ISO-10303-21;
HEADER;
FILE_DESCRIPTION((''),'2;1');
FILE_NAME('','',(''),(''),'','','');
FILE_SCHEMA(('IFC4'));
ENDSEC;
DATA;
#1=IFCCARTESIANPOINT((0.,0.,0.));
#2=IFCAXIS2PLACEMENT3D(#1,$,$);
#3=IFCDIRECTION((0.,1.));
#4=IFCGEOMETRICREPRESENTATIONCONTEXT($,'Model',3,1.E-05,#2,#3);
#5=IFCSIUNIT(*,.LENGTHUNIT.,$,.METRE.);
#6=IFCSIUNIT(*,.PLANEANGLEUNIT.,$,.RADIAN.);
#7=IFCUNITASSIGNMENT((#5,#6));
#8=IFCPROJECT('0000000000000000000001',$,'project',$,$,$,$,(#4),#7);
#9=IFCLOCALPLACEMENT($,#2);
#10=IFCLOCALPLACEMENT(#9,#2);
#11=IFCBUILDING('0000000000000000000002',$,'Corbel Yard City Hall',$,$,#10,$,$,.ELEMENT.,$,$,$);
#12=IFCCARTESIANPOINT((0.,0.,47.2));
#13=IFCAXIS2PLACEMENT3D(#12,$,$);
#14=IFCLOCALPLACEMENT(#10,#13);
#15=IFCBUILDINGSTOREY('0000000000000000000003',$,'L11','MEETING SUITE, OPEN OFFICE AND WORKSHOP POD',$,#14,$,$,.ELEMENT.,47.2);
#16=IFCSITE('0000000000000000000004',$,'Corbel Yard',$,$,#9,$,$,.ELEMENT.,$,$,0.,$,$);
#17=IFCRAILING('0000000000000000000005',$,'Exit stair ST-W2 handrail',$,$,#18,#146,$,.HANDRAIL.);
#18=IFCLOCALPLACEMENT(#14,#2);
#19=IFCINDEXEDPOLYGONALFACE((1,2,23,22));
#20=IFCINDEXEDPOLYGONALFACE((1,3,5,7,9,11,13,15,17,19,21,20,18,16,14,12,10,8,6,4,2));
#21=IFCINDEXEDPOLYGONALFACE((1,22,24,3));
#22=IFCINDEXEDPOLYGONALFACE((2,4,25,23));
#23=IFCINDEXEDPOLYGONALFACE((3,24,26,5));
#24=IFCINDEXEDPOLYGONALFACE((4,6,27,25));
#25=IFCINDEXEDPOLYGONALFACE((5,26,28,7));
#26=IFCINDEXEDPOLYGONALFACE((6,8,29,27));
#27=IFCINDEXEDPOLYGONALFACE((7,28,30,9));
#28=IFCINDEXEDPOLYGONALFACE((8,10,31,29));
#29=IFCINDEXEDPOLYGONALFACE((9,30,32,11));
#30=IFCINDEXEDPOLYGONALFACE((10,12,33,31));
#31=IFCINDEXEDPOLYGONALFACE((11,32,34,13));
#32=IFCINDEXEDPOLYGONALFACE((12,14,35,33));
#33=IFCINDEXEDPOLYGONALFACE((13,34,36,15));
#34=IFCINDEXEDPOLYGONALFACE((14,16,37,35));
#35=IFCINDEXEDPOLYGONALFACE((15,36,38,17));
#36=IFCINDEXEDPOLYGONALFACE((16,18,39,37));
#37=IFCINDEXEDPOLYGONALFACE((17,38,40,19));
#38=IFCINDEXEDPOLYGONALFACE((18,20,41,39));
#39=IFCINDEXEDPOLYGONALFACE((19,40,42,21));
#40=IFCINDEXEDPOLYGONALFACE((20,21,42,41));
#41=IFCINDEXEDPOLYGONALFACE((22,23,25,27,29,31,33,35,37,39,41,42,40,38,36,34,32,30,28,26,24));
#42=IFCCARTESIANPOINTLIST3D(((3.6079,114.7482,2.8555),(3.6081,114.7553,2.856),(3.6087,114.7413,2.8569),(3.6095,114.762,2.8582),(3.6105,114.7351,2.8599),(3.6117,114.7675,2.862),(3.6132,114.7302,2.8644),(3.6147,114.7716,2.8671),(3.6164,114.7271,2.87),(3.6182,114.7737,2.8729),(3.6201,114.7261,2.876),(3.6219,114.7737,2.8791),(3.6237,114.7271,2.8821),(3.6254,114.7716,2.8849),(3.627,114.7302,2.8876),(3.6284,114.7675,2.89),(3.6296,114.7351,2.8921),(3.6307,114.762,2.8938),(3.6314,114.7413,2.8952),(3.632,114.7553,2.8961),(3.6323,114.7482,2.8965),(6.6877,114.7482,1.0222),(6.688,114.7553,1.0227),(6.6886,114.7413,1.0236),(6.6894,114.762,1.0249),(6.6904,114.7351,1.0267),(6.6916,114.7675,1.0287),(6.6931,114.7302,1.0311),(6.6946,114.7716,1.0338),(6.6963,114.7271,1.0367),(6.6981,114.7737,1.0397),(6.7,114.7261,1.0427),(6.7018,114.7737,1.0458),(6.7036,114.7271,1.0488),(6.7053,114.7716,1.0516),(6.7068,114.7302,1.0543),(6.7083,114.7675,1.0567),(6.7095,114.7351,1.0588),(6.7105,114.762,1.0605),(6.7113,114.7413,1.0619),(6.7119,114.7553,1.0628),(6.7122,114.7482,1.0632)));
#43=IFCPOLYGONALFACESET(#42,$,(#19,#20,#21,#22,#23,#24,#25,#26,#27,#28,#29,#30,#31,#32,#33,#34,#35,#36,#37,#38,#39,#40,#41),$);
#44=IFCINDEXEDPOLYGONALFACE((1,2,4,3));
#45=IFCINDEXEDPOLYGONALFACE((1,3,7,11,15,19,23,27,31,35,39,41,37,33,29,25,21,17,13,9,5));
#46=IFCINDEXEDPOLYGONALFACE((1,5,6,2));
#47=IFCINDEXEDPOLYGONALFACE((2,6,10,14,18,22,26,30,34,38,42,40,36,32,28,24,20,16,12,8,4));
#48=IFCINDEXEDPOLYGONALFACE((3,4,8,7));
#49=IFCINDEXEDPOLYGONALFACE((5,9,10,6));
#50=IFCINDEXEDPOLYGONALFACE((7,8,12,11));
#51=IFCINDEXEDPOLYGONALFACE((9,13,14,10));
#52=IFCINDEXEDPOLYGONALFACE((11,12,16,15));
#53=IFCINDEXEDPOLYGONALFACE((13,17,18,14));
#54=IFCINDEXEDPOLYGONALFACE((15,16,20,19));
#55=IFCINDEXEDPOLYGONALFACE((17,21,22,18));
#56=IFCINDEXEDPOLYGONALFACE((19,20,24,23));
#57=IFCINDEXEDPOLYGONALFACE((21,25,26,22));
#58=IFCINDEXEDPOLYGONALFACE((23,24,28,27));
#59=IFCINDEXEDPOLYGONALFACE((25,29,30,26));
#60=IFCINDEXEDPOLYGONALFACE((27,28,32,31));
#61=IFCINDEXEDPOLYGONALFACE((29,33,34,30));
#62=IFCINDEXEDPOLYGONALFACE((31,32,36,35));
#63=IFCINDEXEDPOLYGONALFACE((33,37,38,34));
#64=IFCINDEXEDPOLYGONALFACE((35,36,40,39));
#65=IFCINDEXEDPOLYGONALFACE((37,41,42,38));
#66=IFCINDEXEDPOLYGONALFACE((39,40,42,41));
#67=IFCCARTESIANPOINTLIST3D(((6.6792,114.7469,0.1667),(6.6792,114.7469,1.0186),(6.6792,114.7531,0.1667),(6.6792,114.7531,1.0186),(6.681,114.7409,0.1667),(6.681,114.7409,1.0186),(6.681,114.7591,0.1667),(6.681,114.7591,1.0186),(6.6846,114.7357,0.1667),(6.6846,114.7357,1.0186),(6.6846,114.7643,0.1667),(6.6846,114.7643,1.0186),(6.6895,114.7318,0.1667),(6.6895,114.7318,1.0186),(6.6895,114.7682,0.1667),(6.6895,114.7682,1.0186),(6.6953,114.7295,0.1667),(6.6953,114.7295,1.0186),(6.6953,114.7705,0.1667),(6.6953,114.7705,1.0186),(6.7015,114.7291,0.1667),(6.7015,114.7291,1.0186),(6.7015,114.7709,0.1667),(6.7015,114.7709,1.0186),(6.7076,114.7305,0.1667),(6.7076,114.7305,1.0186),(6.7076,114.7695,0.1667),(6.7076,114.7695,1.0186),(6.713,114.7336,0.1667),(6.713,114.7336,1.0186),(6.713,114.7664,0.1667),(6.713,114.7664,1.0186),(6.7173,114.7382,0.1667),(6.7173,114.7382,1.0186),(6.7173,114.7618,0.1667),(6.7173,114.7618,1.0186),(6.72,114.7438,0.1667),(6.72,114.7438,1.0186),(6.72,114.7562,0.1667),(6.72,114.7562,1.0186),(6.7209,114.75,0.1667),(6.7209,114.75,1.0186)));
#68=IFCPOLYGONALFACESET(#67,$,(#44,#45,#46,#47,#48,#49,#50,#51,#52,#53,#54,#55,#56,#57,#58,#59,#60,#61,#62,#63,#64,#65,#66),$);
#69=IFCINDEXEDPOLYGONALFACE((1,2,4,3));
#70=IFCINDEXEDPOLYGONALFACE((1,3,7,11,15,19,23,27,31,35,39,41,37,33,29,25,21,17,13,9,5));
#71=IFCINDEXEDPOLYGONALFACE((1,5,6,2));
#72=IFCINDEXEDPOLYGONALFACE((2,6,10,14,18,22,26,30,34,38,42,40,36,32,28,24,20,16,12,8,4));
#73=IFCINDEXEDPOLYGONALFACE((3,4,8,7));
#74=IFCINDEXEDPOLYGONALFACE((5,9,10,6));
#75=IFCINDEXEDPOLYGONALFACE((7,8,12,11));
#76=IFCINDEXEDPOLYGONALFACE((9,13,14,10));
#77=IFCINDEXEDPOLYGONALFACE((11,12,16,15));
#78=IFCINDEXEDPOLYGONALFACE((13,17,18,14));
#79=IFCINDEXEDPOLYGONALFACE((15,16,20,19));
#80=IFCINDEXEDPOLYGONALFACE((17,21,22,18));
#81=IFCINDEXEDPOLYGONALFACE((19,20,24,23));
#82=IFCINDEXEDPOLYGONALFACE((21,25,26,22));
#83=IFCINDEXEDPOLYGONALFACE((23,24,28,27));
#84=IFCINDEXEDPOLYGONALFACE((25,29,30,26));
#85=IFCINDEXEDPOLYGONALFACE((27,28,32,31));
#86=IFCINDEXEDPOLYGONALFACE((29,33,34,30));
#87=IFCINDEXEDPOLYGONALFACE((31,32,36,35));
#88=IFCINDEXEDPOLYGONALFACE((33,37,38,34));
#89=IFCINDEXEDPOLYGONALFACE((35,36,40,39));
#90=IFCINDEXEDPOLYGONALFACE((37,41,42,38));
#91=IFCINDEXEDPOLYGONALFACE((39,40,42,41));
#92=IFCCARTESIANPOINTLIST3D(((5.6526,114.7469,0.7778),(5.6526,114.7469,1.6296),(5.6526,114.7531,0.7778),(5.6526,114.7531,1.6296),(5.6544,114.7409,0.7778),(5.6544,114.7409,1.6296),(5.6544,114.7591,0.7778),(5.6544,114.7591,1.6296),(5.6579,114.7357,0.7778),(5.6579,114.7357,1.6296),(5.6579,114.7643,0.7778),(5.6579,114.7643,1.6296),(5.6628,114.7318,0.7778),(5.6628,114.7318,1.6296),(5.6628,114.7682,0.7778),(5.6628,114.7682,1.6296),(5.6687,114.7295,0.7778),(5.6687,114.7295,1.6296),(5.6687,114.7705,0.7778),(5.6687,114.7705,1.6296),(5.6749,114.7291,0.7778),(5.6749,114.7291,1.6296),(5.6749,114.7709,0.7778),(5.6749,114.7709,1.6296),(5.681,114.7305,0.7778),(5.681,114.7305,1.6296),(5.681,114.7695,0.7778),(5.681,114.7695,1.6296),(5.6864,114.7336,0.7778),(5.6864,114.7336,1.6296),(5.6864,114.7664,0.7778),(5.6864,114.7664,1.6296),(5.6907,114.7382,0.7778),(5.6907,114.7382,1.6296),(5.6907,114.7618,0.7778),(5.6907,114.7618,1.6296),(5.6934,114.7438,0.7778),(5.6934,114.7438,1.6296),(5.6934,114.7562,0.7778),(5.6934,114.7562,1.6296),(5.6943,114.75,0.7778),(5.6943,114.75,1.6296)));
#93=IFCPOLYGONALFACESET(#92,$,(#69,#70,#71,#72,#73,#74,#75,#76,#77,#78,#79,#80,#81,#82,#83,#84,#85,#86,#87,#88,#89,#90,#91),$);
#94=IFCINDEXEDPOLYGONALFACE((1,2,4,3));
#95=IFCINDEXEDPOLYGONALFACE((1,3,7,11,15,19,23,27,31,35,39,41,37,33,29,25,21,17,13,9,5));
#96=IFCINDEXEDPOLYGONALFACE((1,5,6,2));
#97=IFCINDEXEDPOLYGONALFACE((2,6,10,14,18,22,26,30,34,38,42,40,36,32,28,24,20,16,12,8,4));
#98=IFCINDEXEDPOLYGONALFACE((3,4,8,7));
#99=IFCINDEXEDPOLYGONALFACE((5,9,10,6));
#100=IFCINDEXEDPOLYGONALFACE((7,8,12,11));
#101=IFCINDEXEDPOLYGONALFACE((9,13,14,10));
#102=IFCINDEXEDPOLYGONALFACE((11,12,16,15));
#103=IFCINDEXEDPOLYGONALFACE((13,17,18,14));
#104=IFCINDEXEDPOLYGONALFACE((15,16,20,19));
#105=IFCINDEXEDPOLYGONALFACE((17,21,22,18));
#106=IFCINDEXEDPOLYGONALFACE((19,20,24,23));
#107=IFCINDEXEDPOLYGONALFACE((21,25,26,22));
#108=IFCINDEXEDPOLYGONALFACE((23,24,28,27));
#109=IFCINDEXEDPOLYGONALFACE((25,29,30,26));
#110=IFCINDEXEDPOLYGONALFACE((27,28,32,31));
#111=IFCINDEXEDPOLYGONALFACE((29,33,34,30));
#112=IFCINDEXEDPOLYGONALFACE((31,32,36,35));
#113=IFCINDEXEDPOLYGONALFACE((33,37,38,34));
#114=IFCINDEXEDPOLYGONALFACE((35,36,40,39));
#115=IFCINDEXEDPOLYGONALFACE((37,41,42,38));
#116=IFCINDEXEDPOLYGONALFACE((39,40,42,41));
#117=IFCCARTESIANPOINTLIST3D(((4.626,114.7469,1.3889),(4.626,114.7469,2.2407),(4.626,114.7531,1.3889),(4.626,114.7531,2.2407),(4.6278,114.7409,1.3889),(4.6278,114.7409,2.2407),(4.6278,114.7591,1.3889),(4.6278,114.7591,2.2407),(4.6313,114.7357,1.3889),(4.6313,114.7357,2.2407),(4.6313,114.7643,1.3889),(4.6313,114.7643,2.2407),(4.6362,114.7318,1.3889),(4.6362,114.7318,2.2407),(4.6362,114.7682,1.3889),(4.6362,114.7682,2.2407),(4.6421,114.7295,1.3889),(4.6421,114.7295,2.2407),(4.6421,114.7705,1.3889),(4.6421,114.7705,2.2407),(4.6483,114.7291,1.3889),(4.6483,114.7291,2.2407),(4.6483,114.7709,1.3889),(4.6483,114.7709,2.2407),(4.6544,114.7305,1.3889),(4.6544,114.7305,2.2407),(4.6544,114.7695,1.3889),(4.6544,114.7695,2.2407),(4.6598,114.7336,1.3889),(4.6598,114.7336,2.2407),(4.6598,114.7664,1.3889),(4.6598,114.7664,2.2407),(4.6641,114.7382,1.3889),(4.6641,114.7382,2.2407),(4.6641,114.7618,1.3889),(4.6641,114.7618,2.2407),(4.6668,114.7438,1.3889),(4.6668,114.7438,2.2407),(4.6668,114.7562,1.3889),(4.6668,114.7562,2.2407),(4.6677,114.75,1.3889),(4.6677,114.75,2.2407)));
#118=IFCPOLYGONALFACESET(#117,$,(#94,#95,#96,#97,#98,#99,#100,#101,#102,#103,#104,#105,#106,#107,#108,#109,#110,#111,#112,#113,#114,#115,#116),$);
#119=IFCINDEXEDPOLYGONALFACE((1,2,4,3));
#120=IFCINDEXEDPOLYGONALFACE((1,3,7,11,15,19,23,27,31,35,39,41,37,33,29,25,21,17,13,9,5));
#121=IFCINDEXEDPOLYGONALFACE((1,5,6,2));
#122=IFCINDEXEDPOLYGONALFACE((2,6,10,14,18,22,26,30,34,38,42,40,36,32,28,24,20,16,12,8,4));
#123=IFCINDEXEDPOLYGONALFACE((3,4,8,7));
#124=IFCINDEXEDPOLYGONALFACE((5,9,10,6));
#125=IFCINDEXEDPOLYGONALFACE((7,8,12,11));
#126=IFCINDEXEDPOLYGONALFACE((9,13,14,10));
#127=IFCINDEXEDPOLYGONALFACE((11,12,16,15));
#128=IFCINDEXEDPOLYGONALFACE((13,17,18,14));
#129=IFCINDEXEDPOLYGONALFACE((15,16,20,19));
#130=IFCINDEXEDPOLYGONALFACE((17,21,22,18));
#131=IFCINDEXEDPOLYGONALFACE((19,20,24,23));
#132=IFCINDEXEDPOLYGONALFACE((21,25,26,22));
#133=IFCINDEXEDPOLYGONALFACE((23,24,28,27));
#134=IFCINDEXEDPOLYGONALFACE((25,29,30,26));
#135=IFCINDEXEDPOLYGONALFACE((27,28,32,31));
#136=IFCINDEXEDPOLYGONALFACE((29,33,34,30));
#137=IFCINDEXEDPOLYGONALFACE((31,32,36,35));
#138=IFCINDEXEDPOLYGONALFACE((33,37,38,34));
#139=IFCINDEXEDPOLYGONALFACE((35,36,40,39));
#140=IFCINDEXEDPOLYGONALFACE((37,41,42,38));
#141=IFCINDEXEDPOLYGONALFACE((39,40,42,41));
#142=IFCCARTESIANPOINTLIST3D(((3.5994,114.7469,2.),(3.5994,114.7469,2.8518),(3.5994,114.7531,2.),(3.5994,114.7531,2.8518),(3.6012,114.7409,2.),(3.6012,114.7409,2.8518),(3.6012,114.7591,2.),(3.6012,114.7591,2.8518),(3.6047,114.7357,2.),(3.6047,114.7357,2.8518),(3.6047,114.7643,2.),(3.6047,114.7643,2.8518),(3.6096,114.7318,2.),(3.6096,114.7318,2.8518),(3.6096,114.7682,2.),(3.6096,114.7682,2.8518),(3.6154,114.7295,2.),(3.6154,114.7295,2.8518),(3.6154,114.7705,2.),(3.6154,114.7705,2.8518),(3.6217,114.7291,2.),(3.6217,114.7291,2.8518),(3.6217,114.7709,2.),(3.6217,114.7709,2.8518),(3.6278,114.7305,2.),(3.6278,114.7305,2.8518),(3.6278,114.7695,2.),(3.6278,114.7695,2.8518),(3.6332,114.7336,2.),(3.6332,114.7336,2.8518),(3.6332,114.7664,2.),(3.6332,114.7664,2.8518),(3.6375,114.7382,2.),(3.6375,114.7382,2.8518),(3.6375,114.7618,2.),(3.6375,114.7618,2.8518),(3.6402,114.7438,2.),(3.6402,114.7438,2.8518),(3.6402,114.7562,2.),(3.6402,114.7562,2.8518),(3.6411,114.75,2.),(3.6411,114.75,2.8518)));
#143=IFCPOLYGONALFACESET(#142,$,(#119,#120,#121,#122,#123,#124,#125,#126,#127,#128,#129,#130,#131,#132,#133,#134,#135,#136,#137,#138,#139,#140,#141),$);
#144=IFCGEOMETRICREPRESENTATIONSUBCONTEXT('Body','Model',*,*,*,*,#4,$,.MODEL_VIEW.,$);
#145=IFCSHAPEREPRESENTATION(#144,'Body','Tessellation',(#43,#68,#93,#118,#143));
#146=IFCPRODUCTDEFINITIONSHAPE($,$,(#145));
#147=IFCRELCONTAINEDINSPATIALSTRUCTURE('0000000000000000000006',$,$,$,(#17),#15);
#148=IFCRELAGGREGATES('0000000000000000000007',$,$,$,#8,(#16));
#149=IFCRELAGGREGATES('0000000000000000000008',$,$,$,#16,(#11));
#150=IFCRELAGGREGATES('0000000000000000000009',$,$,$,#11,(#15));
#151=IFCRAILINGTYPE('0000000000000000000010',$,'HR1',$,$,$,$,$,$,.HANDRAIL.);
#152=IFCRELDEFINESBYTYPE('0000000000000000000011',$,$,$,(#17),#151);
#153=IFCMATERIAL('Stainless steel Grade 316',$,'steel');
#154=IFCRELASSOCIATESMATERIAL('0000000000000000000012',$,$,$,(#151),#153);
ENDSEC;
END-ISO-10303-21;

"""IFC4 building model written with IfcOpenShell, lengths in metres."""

from ifc_helpers import new_model, si_unit, direction, frame, origin, origin_2d, place, context, subcontext, project, spatial, circle, extrude, material, type_object, element, save


model = new_model("IFC4")

# Units and contexts
model_context = context("Model", 3, precision=1e-05, world=origin(), true_north=direction((0.0, 1.0)))
body_context = subcontext(model_context, "Body", "Model", "MODEL_VIEW")
ifc_project = project(units=[si_unit("LENGTHUNIT", "METRE"), si_unit("PLANEANGLEUNIT", "RADIAN")], contexts=[model_context])

# Site, building, storey
site_placement = place(None, origin())
site = spatial("IfcSite", under=ifc_project, at=site_placement, Name="Corbel Yard", CompositionType="ELEMENT", RefElevation=0.0)
building_placement = place(site_placement, origin())
building = spatial("IfcBuilding", under=site, at=building_placement, Name="Corbel Yard City Hall", CompositionType="ELEMENT")
storey_placement = place(building_placement, frame((0.0, 0.0, 47.2)))
storey = spatial("IfcBuildingStorey", under=building, at=storey_placement, Name="L11", Description="MEETING SUITE, OPEN OFFICE AND WORKSHOP POD", CompositionType="ELEMENT", Elevation=47.2)

# Railing
ifc_material_1 = material(Name="Stainless steel Grade 316", Category="steel")
railing_type = type_object("IfcRailingType", Name="HR1", PredefinedType="HANDRAIL", material=ifc_material_1)
for number, where, name in (
    (1, (6.7, 114.75, 0.1667), "Exit stair ST-W2 handrail"),
):
    element("IfcRailing", number, at=place(storey_placement, frame(where)), inside=storey, type_object=railing_type, Name=name, PredefinedType="HANDRAIL", context=body_context, shape_type="SweptSolid", body=[
        extrude(circle(Radius=0.0239, at=origin_2d()), frame((0.0, 0.0, 0.876), z_axis=(-0.859291, 0.0, 0.511487), x_axis=(0.0, -1.0, 0.0)), (0.0, 0.0, 1.0), 3.5842),
        extrude(circle(Radius=0.021, at=origin_2d()), origin(), (0.0, 0.0, 1.0), 0.8518),
        extrude(circle(Radius=0.021, at=origin_2d()), frame((-1.0266, 0.0, 0.6111)), (0.0, 0.0, 1.0), 0.8518),
        extrude(circle(Radius=0.021, at=origin_2d()), frame((-2.0532, 0.0, 1.2222)), (0.0, 0.0, 1.0), 0.8518),
        extrude(circle(Radius=0.021, at=origin_2d()), frame((-3.0798, 0.0, 1.8333)), (0.0, 0.0, 1.0), 0.8518),
    ])

save(model, "model.ifc")
